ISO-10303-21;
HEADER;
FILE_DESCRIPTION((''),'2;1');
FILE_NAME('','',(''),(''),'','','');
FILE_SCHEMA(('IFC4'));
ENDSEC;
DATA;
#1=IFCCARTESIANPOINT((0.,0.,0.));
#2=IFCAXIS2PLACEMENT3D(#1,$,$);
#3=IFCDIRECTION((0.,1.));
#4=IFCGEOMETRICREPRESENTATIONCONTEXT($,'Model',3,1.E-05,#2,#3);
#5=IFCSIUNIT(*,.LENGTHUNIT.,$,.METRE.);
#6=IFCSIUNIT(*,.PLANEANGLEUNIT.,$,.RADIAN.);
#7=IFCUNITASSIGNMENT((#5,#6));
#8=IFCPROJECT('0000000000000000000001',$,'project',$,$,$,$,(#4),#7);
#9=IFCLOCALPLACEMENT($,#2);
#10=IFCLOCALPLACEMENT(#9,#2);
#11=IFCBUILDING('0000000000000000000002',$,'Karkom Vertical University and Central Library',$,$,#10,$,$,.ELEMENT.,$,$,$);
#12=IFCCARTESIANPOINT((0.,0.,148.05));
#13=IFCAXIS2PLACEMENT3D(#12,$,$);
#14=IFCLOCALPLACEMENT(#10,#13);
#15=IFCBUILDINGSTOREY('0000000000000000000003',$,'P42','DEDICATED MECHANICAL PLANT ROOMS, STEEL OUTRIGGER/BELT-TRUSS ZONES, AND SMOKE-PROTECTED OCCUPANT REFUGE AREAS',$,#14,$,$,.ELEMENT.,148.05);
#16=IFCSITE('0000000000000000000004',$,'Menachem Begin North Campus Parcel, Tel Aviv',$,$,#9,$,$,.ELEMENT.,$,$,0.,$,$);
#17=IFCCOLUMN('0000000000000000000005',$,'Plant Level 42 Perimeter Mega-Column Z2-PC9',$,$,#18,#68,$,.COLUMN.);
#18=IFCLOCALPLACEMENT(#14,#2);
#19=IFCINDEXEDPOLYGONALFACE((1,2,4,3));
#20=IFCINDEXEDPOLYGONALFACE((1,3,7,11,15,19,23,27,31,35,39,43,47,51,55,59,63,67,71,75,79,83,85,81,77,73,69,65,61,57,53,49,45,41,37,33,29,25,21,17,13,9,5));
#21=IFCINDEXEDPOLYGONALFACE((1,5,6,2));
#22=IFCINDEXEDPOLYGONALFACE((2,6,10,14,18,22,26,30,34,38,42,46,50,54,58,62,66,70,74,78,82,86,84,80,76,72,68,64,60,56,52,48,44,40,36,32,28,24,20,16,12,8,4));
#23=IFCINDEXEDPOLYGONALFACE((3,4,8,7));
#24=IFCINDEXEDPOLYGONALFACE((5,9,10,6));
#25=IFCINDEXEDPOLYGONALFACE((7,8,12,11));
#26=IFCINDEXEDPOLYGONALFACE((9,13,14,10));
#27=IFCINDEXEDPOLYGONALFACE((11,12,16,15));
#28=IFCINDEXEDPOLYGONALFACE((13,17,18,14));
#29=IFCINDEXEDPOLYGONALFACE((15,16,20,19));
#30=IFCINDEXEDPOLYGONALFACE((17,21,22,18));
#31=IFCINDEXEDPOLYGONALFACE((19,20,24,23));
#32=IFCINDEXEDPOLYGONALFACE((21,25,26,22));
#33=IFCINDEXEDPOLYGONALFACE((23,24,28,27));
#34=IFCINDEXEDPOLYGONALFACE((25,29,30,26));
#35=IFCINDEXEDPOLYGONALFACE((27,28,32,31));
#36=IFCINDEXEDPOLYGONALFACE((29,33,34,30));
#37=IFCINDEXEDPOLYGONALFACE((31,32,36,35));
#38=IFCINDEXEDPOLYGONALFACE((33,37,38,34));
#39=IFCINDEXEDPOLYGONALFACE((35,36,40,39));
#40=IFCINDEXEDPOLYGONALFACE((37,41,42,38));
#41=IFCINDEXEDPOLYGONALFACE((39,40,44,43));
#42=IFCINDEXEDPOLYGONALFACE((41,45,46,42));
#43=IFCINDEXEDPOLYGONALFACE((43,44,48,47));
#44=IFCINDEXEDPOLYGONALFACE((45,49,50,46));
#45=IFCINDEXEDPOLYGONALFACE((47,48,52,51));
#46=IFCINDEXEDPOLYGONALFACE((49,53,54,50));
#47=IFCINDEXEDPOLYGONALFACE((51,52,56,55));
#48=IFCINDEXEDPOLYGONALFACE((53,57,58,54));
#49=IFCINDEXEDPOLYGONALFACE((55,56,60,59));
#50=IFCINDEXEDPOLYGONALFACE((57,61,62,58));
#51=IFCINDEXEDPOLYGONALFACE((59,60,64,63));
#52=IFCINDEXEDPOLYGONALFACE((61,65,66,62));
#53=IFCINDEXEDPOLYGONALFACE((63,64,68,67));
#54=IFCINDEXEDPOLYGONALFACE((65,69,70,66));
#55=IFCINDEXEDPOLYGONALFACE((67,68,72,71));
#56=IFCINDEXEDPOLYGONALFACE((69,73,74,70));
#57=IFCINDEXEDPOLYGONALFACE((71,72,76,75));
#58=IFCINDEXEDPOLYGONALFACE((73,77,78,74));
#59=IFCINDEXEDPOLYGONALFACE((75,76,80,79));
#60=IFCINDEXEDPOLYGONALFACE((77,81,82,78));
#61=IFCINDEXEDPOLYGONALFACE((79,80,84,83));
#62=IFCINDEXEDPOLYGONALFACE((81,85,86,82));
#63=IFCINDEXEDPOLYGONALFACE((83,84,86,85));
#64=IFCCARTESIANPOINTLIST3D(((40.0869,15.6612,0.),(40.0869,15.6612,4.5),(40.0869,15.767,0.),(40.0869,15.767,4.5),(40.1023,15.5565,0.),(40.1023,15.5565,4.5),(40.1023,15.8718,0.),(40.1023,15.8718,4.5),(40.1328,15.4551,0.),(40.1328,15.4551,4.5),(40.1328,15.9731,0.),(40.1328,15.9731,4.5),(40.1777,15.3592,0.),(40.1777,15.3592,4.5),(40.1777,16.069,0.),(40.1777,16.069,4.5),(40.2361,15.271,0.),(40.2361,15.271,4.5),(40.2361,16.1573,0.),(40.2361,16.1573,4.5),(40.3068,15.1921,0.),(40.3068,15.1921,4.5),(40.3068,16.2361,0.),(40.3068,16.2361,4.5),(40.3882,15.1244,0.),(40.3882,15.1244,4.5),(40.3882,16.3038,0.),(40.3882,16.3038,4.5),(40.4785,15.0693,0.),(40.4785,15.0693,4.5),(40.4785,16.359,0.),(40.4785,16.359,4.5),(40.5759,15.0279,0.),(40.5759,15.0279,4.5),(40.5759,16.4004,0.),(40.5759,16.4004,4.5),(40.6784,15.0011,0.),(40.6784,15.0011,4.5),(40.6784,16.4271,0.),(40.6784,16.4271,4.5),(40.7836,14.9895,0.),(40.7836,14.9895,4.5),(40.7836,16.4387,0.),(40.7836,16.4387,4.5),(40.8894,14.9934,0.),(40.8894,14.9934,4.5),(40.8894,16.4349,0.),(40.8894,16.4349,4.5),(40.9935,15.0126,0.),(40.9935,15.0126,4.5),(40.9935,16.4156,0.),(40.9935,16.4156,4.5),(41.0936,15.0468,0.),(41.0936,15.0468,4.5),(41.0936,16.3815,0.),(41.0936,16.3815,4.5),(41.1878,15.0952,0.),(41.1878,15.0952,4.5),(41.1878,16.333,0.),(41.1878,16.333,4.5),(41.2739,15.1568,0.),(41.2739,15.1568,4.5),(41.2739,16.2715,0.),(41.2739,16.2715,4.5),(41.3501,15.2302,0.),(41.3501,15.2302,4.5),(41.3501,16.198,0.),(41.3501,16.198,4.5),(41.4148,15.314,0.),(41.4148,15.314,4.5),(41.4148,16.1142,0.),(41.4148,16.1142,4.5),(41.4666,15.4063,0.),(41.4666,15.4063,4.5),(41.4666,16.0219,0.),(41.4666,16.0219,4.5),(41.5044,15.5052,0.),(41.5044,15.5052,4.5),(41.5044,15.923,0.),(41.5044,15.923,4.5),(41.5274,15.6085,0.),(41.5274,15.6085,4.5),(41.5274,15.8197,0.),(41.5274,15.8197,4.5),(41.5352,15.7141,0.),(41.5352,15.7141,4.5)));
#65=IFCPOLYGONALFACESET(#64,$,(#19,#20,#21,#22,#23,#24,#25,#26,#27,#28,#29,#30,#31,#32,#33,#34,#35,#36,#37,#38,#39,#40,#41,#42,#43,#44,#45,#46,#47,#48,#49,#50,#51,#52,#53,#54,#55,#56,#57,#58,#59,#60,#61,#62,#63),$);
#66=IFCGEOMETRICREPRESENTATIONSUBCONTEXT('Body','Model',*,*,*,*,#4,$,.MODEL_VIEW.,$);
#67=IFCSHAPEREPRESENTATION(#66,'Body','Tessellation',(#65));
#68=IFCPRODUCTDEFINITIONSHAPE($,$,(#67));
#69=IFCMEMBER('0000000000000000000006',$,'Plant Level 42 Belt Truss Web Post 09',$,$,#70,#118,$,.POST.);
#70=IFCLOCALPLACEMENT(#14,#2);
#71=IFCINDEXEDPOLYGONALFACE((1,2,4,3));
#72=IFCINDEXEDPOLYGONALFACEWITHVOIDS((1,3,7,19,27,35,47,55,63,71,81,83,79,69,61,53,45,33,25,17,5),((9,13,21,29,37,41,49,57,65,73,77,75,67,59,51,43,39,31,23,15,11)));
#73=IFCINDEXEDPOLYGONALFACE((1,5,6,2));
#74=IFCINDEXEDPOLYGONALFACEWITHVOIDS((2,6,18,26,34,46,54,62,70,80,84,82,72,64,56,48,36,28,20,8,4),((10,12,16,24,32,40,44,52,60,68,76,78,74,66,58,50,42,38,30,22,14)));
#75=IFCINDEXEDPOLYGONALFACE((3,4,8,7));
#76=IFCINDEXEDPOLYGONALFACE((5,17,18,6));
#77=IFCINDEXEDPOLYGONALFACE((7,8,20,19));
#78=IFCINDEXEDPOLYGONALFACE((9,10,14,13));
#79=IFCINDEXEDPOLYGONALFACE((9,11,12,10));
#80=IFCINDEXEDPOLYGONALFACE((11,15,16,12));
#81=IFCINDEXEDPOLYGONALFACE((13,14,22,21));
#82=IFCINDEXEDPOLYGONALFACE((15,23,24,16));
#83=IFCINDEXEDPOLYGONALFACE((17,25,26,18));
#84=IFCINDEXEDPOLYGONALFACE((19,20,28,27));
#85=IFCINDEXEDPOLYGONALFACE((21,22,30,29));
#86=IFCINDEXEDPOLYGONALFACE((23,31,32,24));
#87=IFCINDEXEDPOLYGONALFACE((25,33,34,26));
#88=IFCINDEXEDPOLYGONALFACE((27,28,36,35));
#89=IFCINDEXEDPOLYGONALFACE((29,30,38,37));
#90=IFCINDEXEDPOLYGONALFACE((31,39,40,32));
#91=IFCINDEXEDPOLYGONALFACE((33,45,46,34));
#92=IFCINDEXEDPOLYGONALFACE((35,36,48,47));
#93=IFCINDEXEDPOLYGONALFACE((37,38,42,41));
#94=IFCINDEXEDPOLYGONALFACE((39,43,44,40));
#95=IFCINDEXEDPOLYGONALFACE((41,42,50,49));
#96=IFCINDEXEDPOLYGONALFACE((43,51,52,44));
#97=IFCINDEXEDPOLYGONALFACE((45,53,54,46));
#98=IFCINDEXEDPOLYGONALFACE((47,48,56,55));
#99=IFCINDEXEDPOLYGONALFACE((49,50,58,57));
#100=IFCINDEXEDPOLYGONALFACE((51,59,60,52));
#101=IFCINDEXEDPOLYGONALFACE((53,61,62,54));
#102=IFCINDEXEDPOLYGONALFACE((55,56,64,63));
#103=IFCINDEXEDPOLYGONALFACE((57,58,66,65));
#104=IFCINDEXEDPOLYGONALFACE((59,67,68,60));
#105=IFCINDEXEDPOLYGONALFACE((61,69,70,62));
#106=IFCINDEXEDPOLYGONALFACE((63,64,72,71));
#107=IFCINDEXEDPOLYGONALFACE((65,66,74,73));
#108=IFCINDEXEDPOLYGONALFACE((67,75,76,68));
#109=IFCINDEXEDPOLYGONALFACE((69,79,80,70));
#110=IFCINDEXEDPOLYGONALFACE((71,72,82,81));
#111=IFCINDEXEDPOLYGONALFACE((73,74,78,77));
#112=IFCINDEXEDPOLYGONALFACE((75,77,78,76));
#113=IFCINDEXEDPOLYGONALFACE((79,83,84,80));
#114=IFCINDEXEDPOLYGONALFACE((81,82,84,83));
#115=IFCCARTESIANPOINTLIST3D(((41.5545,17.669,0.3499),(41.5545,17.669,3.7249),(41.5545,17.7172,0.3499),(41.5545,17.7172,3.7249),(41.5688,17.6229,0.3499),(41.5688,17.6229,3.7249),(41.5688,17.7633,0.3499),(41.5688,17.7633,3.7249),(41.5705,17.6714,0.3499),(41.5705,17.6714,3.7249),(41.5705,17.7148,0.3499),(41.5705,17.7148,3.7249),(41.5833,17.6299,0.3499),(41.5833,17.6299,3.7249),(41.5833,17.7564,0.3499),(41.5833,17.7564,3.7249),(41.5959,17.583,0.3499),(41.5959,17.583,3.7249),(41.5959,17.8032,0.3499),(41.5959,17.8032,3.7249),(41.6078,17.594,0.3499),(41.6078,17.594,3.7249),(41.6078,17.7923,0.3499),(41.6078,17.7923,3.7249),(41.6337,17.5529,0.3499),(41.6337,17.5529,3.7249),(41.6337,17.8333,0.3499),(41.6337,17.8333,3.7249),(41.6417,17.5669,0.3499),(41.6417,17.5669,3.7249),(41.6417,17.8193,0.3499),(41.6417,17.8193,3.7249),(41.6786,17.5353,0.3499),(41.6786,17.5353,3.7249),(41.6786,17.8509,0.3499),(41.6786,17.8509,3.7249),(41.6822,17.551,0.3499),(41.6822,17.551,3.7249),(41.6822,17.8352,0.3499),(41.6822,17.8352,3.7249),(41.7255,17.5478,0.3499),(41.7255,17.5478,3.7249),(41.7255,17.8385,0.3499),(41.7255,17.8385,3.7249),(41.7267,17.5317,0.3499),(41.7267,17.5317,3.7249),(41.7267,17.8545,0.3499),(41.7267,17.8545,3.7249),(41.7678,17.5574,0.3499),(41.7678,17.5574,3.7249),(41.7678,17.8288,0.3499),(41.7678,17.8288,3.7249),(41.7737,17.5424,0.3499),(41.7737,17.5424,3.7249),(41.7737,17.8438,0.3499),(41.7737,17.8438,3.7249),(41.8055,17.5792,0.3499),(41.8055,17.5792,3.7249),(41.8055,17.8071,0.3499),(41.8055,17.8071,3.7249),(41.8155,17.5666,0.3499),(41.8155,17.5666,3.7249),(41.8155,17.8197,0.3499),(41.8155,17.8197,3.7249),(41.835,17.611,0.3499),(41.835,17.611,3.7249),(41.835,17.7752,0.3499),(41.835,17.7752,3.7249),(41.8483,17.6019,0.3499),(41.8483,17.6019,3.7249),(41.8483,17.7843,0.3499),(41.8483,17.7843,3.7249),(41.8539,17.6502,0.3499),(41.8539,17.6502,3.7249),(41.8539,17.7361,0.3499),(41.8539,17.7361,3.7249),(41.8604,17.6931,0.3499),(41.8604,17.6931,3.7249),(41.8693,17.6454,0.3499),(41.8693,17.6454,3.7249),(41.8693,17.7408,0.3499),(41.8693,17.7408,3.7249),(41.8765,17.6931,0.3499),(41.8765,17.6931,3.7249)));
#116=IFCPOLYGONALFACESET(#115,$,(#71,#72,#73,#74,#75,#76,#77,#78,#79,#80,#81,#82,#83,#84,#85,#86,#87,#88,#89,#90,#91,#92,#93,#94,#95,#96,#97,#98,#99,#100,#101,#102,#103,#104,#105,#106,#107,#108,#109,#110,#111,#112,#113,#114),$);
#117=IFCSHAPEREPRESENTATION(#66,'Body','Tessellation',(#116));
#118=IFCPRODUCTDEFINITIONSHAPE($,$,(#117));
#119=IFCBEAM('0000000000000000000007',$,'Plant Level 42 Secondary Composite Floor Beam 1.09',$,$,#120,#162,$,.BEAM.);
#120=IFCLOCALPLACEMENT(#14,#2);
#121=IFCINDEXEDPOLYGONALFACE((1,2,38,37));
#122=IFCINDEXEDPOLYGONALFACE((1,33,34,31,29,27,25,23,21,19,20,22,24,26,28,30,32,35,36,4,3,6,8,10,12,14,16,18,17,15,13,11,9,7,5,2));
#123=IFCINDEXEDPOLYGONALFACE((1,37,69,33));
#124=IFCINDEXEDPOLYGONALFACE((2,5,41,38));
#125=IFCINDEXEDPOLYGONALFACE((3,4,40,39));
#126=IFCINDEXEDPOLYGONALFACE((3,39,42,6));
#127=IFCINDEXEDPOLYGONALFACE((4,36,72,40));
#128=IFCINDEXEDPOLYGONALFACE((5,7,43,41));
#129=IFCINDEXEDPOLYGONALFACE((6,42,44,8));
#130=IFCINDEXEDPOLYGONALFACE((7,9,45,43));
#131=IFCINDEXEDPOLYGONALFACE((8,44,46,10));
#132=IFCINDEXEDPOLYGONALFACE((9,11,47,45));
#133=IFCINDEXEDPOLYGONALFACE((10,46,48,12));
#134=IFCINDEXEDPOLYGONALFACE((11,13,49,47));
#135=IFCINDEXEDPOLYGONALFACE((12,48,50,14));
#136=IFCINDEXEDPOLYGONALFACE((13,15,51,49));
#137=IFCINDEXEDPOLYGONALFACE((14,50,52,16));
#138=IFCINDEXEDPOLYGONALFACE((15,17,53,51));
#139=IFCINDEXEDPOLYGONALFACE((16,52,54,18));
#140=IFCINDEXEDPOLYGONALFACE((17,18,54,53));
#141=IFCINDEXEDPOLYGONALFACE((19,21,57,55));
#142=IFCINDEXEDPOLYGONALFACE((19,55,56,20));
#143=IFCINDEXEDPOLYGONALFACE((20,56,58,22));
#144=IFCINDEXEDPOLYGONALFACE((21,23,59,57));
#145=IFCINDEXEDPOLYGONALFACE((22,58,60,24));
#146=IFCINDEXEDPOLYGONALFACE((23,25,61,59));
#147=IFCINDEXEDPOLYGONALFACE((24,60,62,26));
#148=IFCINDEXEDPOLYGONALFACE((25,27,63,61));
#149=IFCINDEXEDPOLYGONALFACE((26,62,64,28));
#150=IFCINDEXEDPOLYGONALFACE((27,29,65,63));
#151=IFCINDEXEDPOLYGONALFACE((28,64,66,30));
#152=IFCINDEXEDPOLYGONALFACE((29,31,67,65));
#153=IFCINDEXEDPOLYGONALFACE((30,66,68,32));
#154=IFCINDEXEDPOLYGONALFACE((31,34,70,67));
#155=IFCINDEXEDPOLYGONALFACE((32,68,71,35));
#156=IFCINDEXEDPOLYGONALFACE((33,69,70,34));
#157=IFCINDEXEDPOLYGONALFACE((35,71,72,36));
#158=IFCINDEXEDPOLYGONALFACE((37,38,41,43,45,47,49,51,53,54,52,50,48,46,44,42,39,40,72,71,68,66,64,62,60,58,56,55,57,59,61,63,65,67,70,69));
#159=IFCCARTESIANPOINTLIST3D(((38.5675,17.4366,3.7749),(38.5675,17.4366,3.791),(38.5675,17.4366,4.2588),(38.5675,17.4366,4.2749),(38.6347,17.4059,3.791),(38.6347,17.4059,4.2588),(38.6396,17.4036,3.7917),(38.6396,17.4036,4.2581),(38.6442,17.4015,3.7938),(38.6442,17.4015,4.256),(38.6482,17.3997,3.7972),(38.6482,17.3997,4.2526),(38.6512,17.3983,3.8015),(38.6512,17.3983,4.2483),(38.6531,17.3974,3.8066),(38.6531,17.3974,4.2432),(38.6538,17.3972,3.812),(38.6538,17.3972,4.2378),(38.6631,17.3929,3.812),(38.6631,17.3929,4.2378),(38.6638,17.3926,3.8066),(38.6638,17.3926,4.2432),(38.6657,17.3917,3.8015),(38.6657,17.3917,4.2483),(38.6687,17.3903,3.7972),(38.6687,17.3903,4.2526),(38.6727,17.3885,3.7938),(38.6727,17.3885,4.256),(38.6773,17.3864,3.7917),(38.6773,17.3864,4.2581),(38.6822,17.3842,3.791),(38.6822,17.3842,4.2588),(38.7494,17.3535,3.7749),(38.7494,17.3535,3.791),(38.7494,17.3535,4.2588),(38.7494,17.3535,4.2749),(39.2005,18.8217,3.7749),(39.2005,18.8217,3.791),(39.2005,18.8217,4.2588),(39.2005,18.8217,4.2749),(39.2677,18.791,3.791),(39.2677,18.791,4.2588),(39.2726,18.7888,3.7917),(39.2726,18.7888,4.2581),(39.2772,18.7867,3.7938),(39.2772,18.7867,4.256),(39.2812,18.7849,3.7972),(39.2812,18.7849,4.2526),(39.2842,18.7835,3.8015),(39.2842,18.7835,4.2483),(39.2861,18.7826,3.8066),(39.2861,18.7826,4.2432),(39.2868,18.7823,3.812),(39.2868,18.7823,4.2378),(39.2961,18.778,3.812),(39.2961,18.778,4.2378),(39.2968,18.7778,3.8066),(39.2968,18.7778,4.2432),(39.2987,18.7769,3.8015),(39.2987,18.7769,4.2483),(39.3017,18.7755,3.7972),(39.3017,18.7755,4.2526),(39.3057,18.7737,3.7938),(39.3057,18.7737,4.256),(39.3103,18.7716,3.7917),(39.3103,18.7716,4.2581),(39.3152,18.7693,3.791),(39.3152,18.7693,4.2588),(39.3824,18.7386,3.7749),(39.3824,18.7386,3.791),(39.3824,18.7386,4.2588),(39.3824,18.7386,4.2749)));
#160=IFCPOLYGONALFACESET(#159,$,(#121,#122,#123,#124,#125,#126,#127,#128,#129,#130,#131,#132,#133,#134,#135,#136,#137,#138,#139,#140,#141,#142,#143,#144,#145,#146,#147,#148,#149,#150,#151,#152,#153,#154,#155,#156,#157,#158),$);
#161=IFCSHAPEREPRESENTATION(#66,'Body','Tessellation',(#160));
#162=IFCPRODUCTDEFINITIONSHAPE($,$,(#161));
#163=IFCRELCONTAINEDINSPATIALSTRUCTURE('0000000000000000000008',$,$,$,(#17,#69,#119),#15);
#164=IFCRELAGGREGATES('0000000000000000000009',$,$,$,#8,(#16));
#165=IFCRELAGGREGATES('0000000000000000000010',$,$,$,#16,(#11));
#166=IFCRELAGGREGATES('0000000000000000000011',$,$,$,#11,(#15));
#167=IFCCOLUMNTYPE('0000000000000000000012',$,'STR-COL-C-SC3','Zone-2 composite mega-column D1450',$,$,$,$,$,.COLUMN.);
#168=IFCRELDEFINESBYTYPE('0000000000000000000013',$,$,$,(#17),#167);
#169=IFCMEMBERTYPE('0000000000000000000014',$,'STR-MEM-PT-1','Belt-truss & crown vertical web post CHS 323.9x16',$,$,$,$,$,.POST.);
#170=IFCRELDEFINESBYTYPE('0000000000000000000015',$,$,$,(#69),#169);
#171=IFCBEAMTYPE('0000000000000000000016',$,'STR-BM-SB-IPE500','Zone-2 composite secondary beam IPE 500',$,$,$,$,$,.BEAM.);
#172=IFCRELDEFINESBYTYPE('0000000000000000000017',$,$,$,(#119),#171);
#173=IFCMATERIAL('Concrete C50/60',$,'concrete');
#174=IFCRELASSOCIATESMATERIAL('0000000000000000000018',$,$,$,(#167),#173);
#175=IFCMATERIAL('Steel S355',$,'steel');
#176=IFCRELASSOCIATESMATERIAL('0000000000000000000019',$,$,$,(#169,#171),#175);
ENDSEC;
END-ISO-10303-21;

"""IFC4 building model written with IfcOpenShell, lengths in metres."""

from ifc_helpers import new_model, si_unit, direction, frame, origin, origin_with_axes, origin_2d, place, context, subcontext, project, spatial, circle, hollow_circle, i_section, extrude, source, transform, mapped, material, material_profile, profile_set, type_object, element, save


model = new_model("IFC4")

# Units and contexts
model_context = context("Model", 3, precision=1e-05, world=origin(), true_north=direction((0.0, 1.0)))
body_context = subcontext(model_context, "Body", "Model", "MODEL_VIEW")
ifc_project = project(units=[si_unit("LENGTHUNIT", "METRE"), si_unit("PLANEANGLEUNIT", "RADIAN")], contexts=[model_context])

# Site, building, storey
site_placement = place(None, origin())
site = spatial("IfcSite", under=ifc_project, at=site_placement, Name="Menachem Begin North Campus Parcel, Tel Aviv", CompositionType="ELEMENT", RefElevation=0.0)
building_placement = place(site_placement, origin())
building = spatial("IfcBuilding", under=site, at=building_placement, Name="Karkom Vertical University and Central Library", CompositionType="ELEMENT")
storey_placement = place(building_placement, frame((0.0, 0.0, 148.05)))
storey = spatial("IfcBuildingStorey", under=building, at=storey_placement, Name="P42", Description="DEDICATED MECHANICAL PLANT ROOMS, STEEL OUTRIGGER/BELT-TRUSS ZONES, AND SMOKE-PROTECTED OCCUPANT REFUGE AREAS", CompositionType="ELEMENT", Elevation=148.05)

# Column
ifc_material_1 = material(Name="Concrete C50/60", Category="concrete")
ifc_material_profile_1 = material_profile(ifc_material_1, circle(Radius=0.7251, at=origin_2d()), Name="CFT-D1450")
ifc_profile_set_1 = profile_set([ifc_material_profile_1], Name="Concrete C50/60")
column_type = type_object("IfcColumnType", Name="STR-COL-C-SC3", Description="Zone-2 composite mega-column D1450", PredefinedType="COLUMN", material=ifc_profile_set_1)
shared_shape_1 = source(origin_with_axes(), body_context, "Body", "SweptSolid", [
    extrude(circle(Radius=0.7251, at=origin_2d()), origin(), (0.0, 0.0, 1.0), 4.5),
])
column_placement = place(storey_placement, frame((40.8101, 15.7141, 0.0), z_axis=(0.0, 0.0, 1.0), x_axis=(1.0, 0.0, 0.0)))
element("IfcColumn", 1, at=column_placement, inside=storey, type_object=column_type, Name="Plant Level 42 Perimeter Mega-Column Z2-PC9", PredefinedType="COLUMN", context=body_context, shape_type="MappedRepresentation", body=[
    mapped(shared_shape_1, transform((0.0, 0.0, 0.0), scale=1.0)),
])

# Member
ifc_material_2 = material(Name="Steel S355", Category="steel")
ifc_material_profile_2 = material_profile(ifc_material_2, hollow_circle(Radius=0.1619, WallThickness=0.0161, at=origin_2d()), Name="CHS 323.9x16")
ifc_profile_set_2 = profile_set([ifc_material_profile_2], Name="Steel S355")
member_type_1 = type_object("IfcMemberType", Name="STR-MEM-PT-1", Description="Belt-truss & crown vertical web post CHS 323.9x16", PredefinedType="POST", material=ifc_profile_set_2)
shared_shape_2 = source(origin_with_axes(), body_context, "Body", "SweptSolid", [
    extrude(hollow_circle(Radius=0.1619, WallThickness=0.0161, at=origin_2d()), origin(), (0.0, 0.0, 1.0), 3.375),
])
member_1_placement = place(storey_placement, frame((41.7146, 17.6931, 0.3499), z_axis=(0.0, 0.0, 1.0), x_axis=(1.0, 0.0, 0.0)))
element("IfcMember", 2, at=member_1_placement, inside=storey, type_object=member_type_1, Name="Plant Level 42 Belt Truss Web Post 09", PredefinedType="POST", context=body_context, shape_type="MappedRepresentation", body=[
    mapped(shared_shape_2, transform((0.0, 0.0, 0.0), scale=1.0)),
])

# Beam
ifc_material_profile_3 = material_profile(ifc_material_2, i_section(OverallWidth=0.2, OverallDepth=0.5, WebThickness=0.0103, FlangeThickness=0.0161, FilletRadius=0.021, at=origin_2d()), Name="IPE 500")
ifc_profile_set_3 = profile_set([ifc_material_profile_3], Name="Steel S355")
beam_type_1 = type_object("IfcBeamType", Name="STR-BM-SB-IPE500", Description="Zone-2 composite secondary beam IPE 500", PredefinedType="BEAM", material=ifc_profile_set_3)
shared_shape_3 = source(origin_with_axes(), body_context, "Body", "SweptSolid", [
    extrude(i_section(OverallWidth=0.2, OverallDepth=0.5, WebThickness=0.0103, FlangeThickness=0.0161, FilletRadius=0.021, at=origin_2d()), origin(), (0.0, 0.0, 1.0), 1.5229),
])
beam_1_placement = place(storey_placement, frame((38.6584, 17.395, 4.0249), z_axis=(0.41565, 0.909525, 0.0), x_axis=(-0.909525, 0.41565, 0.0)))
element("IfcBeam", 3, at=beam_1_placement, inside=storey, type_object=beam_type_1, Name="Plant Level 42 Secondary Composite Floor Beam 1.09", PredefinedType="BEAM", context=body_context, shape_type="MappedRepresentation", body=[
    mapped(shared_shape_3, transform((0.0, 0.0, 0.0), scale=1.0)),
])

save(model, "model.ifc")
